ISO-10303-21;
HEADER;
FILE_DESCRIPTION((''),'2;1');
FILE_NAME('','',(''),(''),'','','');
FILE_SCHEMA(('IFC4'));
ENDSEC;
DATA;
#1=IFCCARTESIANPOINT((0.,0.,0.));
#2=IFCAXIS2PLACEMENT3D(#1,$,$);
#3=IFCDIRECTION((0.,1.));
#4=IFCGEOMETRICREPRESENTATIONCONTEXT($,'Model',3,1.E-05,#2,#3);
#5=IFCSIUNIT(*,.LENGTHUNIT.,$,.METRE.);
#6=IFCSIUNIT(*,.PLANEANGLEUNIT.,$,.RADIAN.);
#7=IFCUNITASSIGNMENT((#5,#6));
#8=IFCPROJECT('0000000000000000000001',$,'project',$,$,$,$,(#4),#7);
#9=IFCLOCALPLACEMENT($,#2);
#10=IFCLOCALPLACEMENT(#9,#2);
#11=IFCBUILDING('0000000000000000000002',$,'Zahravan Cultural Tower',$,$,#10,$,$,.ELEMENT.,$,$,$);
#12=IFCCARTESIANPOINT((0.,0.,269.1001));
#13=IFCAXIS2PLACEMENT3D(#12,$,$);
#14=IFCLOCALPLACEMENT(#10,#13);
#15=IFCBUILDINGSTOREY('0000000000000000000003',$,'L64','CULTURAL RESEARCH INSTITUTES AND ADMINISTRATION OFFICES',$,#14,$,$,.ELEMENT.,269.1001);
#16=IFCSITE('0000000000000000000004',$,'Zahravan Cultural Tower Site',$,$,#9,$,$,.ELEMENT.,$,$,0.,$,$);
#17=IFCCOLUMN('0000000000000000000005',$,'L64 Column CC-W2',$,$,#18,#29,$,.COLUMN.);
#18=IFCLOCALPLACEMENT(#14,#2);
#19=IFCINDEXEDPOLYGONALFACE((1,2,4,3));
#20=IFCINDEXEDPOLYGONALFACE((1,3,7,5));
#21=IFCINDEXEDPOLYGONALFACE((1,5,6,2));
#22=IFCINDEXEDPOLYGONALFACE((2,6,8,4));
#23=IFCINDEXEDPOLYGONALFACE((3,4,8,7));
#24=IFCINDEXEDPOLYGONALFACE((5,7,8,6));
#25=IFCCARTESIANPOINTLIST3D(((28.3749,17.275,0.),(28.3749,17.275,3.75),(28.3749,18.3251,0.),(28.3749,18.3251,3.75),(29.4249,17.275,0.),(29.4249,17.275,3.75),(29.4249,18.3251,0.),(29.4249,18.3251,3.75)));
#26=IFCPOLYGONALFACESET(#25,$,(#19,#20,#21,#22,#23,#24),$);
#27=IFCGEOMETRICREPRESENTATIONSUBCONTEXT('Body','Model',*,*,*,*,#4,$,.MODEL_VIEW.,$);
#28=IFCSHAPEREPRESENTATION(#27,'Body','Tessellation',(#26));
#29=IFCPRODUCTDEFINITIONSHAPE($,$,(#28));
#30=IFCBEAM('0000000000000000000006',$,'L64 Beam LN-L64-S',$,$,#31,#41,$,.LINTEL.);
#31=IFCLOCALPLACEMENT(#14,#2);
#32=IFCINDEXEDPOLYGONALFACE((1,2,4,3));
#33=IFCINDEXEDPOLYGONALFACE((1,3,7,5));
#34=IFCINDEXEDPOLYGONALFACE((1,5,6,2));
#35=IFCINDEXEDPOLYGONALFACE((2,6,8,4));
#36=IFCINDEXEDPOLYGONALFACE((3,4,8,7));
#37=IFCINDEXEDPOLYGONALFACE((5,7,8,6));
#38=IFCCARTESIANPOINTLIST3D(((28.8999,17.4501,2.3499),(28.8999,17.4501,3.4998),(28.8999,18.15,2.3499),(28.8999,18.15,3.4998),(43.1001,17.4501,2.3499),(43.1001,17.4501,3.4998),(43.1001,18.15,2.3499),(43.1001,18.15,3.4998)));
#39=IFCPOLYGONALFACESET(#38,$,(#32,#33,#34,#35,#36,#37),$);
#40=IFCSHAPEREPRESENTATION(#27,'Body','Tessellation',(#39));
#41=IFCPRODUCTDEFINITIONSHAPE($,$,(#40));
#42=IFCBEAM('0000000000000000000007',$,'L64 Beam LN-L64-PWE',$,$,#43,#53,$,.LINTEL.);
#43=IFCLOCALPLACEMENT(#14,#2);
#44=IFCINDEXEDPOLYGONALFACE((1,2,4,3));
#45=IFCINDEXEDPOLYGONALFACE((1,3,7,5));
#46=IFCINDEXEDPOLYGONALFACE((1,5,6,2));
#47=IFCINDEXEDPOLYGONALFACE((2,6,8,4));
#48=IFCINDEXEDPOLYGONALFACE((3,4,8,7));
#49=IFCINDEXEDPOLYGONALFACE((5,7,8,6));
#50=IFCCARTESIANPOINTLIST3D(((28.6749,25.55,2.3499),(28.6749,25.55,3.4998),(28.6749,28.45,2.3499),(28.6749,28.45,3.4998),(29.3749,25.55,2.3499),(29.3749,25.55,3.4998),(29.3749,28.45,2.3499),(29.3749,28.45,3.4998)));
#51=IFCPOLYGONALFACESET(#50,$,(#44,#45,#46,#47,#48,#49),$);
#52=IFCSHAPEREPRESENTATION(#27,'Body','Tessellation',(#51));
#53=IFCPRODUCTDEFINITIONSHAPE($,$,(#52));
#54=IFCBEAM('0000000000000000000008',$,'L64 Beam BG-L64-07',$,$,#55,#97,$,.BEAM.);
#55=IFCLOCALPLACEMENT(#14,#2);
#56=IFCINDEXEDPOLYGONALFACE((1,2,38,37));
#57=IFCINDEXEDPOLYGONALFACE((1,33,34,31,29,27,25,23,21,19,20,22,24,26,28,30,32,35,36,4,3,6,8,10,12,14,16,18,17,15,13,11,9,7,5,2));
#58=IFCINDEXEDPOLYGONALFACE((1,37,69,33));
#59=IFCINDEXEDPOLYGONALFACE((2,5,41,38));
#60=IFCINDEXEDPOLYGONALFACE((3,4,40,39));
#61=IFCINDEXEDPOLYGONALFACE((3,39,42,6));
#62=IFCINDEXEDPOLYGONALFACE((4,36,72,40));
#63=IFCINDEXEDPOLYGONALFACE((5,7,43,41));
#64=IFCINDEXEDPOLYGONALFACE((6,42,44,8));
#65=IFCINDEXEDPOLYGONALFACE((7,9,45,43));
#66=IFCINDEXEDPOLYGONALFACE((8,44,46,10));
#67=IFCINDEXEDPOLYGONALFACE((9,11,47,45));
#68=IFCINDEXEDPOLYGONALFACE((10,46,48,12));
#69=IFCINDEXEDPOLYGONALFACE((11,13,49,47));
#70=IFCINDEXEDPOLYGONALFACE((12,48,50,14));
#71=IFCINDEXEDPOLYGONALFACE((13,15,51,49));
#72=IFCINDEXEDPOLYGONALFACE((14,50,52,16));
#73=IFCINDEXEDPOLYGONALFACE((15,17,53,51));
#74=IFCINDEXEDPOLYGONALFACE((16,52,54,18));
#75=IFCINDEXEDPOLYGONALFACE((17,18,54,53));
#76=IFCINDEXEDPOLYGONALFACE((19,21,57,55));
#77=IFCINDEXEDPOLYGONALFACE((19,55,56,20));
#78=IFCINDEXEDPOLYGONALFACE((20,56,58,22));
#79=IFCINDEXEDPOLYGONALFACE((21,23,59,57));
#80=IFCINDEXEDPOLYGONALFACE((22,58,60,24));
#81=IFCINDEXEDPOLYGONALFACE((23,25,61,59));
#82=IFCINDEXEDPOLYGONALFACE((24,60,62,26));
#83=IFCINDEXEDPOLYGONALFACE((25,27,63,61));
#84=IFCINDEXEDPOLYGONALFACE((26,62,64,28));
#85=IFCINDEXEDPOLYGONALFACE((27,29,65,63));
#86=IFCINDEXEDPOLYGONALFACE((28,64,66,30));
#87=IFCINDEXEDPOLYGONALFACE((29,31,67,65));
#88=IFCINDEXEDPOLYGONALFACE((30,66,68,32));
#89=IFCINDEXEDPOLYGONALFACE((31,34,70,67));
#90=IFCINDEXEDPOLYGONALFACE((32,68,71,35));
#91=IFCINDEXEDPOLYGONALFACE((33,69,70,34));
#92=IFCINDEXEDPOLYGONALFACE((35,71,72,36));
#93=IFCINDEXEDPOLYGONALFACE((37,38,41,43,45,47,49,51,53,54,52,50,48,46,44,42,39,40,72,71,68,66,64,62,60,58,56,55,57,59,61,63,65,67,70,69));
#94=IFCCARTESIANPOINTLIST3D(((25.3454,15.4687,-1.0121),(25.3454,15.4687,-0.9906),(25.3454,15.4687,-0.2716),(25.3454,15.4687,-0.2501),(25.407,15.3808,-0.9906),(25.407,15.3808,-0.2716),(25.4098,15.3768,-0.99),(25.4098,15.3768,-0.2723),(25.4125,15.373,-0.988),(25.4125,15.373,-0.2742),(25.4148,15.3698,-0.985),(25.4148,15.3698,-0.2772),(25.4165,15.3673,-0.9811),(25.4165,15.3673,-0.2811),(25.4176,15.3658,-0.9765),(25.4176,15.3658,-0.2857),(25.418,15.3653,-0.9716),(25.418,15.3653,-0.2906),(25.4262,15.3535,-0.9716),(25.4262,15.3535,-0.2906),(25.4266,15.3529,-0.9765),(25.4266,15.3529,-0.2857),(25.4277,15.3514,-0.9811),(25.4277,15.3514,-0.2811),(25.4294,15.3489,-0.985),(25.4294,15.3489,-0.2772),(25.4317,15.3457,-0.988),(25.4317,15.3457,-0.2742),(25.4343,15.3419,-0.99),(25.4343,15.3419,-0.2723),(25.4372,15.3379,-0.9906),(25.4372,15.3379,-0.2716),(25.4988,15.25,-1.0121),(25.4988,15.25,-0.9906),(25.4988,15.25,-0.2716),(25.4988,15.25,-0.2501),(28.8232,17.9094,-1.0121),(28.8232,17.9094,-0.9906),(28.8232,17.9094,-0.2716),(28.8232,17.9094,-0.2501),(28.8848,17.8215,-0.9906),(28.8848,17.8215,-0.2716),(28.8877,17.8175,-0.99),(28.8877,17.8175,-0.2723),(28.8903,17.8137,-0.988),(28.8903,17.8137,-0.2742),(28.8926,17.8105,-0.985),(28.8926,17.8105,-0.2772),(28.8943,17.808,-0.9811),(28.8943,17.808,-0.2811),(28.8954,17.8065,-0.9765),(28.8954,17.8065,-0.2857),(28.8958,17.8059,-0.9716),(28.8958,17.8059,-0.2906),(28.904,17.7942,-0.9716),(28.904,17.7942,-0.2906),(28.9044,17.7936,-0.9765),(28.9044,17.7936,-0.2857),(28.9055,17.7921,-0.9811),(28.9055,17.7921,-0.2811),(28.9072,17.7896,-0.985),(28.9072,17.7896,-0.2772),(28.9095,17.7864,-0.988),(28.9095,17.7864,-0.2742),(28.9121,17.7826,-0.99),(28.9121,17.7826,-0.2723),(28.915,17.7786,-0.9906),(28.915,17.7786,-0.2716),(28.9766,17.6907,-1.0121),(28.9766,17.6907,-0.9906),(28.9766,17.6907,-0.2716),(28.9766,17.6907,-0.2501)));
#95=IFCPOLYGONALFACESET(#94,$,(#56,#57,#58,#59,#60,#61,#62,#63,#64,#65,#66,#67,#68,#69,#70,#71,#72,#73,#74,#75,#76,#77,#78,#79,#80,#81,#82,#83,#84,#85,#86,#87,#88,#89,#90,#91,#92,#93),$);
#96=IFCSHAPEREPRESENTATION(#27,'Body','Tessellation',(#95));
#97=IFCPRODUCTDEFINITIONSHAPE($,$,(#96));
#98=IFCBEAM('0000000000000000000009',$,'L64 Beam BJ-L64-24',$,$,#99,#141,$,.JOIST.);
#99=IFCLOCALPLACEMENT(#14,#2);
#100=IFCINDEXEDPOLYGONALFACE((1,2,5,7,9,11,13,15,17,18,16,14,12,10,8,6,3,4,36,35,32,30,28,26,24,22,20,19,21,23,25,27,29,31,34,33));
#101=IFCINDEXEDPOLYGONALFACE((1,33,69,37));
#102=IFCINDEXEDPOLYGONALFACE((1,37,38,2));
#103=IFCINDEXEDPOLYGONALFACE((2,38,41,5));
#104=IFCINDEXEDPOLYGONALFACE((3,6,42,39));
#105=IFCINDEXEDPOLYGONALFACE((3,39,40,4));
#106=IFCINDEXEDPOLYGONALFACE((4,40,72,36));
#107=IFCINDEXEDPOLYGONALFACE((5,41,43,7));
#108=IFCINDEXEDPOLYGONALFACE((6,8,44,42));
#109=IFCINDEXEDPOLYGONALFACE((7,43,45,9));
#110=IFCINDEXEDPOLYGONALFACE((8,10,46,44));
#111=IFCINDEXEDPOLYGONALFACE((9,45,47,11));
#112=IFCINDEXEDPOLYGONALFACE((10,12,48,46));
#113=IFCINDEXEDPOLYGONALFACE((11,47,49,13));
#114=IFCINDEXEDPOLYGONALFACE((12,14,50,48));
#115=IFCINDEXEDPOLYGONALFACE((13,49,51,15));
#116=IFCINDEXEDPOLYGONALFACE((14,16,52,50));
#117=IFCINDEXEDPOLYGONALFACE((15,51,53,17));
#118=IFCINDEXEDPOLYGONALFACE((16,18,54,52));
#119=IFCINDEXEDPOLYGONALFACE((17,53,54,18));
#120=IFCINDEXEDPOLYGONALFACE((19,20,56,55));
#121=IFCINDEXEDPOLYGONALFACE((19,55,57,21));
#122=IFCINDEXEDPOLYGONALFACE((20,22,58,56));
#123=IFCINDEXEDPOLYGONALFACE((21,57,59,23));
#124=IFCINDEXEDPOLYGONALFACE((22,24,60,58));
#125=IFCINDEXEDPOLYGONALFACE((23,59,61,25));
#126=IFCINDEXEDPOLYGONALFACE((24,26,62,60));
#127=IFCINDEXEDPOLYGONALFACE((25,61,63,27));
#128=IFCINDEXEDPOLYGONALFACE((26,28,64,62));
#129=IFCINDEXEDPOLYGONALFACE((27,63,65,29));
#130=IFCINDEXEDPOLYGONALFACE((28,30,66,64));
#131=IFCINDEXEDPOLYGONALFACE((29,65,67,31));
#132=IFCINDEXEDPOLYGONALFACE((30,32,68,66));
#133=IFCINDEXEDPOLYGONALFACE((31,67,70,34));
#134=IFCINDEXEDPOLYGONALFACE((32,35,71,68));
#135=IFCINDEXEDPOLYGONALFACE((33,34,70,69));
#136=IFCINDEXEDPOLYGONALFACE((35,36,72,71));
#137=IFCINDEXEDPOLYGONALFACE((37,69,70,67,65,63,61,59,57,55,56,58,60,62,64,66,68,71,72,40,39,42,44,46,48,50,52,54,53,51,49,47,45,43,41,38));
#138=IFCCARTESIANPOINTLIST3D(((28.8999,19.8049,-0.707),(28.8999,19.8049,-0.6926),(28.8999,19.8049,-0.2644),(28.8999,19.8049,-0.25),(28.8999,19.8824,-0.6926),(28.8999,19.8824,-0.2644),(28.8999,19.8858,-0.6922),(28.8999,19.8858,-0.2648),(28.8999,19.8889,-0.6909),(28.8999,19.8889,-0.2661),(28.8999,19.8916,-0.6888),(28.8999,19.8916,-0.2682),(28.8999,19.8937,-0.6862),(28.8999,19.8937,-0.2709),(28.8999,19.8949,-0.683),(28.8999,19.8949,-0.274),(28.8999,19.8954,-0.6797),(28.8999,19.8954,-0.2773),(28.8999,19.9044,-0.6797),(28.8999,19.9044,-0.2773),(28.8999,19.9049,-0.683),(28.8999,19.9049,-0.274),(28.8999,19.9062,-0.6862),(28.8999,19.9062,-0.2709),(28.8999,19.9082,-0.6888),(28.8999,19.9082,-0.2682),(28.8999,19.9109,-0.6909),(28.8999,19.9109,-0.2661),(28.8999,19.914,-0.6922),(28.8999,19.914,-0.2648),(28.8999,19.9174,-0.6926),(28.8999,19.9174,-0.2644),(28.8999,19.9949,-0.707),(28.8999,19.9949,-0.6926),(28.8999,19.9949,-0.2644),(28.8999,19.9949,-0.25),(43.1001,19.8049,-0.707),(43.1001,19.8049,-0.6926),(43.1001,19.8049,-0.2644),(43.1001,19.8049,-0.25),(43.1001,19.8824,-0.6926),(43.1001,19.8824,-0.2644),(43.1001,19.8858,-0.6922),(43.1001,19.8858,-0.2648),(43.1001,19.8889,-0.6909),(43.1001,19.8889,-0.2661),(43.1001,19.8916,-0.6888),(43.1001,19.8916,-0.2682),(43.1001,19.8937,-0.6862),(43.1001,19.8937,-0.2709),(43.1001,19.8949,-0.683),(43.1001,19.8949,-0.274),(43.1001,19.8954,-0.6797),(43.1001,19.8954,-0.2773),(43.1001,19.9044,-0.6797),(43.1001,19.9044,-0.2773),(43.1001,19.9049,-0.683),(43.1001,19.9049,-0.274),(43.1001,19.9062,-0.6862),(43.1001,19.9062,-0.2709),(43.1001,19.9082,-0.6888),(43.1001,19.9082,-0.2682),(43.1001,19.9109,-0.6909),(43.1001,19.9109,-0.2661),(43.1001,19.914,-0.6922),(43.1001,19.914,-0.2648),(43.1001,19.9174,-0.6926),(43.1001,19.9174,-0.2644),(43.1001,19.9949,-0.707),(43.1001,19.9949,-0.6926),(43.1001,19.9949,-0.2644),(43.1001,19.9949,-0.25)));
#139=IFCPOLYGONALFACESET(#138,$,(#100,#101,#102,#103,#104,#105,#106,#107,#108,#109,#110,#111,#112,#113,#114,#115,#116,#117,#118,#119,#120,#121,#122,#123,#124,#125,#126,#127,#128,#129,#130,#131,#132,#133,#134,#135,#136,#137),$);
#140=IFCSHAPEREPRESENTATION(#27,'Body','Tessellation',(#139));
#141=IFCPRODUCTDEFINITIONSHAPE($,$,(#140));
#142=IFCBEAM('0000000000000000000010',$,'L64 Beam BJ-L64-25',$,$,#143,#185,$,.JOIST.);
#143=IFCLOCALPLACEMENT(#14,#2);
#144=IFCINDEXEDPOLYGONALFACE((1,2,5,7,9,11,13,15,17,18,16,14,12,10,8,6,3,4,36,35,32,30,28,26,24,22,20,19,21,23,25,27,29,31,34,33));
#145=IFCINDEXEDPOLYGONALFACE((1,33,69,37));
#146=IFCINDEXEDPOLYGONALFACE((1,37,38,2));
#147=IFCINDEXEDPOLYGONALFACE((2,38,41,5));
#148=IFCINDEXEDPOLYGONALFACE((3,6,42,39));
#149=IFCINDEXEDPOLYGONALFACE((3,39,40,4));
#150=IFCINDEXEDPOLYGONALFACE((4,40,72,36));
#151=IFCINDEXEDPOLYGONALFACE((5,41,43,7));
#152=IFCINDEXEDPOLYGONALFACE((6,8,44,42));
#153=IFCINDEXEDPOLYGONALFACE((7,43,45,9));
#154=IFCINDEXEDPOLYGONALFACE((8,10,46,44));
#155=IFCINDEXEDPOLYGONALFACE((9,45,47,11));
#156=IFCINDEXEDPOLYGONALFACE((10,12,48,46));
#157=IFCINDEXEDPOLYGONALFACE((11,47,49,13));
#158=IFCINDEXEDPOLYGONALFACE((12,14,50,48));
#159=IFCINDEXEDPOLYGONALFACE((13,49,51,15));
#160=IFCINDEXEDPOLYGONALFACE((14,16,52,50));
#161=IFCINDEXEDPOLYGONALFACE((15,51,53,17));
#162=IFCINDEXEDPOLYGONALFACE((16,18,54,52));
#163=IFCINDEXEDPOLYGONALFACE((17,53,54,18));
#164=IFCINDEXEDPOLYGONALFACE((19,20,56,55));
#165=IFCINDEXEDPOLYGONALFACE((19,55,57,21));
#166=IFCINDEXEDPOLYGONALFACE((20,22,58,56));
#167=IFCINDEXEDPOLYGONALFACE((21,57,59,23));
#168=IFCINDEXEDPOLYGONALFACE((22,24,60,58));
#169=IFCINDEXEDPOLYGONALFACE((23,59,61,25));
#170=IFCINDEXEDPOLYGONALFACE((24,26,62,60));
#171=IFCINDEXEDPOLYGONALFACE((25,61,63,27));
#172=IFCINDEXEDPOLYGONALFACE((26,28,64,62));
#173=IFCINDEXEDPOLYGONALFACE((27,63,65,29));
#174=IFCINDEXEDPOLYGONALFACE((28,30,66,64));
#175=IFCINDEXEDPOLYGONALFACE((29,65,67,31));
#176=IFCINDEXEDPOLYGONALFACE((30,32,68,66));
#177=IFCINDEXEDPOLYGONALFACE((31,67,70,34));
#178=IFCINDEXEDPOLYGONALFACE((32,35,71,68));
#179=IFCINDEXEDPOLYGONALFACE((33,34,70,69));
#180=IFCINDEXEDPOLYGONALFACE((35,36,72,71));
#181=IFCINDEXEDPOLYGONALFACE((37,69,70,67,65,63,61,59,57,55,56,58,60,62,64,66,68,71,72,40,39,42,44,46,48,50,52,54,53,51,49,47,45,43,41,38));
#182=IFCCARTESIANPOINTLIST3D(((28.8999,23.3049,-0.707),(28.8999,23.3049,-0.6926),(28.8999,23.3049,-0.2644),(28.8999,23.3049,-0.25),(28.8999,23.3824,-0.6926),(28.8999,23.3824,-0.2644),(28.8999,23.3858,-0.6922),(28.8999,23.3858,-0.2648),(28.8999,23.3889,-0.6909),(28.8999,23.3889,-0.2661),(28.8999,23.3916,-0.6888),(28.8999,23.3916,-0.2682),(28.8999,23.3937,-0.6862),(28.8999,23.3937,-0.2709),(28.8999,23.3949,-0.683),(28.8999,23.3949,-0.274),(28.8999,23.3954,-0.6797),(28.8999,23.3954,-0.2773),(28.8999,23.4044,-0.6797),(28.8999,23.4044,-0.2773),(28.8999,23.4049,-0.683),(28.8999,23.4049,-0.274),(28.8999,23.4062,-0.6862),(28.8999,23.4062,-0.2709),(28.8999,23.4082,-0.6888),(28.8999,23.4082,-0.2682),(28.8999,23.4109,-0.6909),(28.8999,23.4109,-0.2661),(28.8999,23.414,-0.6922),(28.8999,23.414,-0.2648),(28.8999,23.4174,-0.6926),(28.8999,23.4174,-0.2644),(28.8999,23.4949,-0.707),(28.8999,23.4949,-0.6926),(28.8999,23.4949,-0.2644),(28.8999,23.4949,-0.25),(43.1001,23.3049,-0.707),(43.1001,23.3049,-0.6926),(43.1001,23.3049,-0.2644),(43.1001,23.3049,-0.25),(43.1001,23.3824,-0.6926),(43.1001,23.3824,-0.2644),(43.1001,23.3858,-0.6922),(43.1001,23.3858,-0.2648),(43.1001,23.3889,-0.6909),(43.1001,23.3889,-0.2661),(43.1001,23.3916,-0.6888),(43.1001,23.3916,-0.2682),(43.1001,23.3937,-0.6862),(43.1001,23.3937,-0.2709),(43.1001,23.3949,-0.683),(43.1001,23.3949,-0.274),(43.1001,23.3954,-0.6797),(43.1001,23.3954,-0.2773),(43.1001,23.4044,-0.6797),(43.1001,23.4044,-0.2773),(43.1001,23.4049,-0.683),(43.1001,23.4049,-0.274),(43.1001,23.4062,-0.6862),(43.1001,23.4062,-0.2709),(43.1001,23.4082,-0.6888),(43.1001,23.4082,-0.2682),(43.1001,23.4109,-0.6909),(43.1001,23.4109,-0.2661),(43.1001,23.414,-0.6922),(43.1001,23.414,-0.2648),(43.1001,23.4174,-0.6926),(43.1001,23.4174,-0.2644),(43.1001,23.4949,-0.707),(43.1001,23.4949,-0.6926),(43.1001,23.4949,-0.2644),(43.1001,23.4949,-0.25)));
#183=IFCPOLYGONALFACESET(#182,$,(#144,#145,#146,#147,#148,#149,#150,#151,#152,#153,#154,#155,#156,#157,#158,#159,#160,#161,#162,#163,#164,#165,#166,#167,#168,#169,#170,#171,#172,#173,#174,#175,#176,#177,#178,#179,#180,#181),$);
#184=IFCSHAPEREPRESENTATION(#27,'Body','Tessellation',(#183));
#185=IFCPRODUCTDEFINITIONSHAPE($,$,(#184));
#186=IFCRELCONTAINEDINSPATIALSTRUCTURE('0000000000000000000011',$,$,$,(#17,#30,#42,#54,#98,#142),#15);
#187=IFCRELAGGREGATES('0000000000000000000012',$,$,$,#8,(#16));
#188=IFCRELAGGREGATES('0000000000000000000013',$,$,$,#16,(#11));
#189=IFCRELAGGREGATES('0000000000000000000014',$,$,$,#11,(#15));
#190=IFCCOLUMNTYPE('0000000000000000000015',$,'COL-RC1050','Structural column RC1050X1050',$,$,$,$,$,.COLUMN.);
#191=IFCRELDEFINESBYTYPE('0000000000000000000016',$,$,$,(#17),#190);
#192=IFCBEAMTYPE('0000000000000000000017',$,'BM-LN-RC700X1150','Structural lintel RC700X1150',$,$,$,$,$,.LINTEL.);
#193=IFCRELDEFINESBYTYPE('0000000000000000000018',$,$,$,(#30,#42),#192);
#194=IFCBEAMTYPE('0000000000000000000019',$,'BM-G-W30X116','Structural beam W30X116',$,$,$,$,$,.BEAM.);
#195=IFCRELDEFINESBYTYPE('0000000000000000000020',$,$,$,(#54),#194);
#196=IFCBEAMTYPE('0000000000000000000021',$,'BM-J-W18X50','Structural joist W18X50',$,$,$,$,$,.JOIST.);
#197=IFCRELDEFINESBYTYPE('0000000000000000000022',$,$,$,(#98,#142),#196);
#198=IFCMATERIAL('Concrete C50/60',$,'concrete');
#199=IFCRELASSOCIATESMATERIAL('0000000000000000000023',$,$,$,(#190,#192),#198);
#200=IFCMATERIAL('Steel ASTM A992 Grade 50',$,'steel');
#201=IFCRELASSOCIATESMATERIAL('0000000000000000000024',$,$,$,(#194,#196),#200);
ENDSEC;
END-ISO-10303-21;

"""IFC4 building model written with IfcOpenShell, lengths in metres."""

from ifc_helpers import new_model, si_unit, direction, frame, origin, origin_2d, place, context, subcontext, project, spatial, rectangle, i_section, extrude, source, transform, mapped, material, material_profile, profile_set, type_object, element, save


model = new_model("IFC4")

# Units and contexts
model_context = context("Model", 3, precision=1e-05, world=origin(), true_north=direction((0.0, 1.0)))
body_context = subcontext(model_context, "Body", "Model", "MODEL_VIEW")
ifc_project = project(units=[si_unit("LENGTHUNIT", "METRE"), si_unit("PLANEANGLEUNIT", "RADIAN")], contexts=[model_context])

# Site, building, storey
site_placement = place(None, origin())
site = spatial("IfcSite", under=ifc_project, at=site_placement, Name="Zahravan Cultural Tower Site", CompositionType="ELEMENT", RefElevation=0.0)
building_placement = place(site_placement, origin())
building = spatial("IfcBuilding", under=site, at=building_placement, Name="Zahravan Cultural Tower", CompositionType="ELEMENT")
storey_placement = place(building_placement, frame((0.0, 0.0, 269.1001)))
storey = spatial("IfcBuildingStorey", under=building, at=storey_placement, Name="L64", Description="CULTURAL RESEARCH INSTITUTES AND ADMINISTRATION OFFICES", CompositionType="ELEMENT", Elevation=269.1001)

# Column
ifc_material_1 = material(Name="Concrete C50/60", Category="concrete")
ifc_material_profile_1 = material_profile(ifc_material_1, rectangle(XDim=1.05, YDim=1.05, at=origin_2d()), Name="RC1050X1050")
ifc_profile_set_1 = profile_set([ifc_material_profile_1], Name="Concrete C50/60")
column_type = type_object("IfcColumnType", Name="COL-RC1050", Description="Structural column RC1050X1050", PredefinedType="COLUMN", material=ifc_profile_set_1)
shared_shape_1 = source(origin(), body_context, "Body", "SweptSolid", [
    extrude(rectangle(XDim=1.05, YDim=1.05, at=origin_2d()), origin(), (0.0, 0.0, 1.0), 3.75),
])
column_placement = place(storey_placement, frame((28.8999, 17.8, 0.0), z_axis=(0.0, 0.0, 1.0), x_axis=(1.0, 0.0, 0.0)))
element("IfcColumn", 1, at=column_placement, inside=storey, type_object=column_type, Name="L64 Column CC-W2", PredefinedType="COLUMN", context=body_context, shape_type="MappedRepresentation", body=[
    mapped(shared_shape_1, transform((0.0, 0.0, 0.0), x_axis=(1.0, 0.0, 0.0), y_axis=(0.0, 1.0, 0.0), z_axis=(0.0, 0.0, 1.0), scale=1.0)),
])

# Beams
ifc_material_profile_2 = material_profile(ifc_material_1, rectangle(XDim=0.7, YDim=1.1499, at=origin_2d()), Name="RC700X1150")
ifc_profile_set_2 = profile_set([ifc_material_profile_2], Name="Concrete C50/60")
beam_type_1 = type_object("IfcBeamType", Name="BM-LN-RC700X1150", Description="Structural lintel RC700X1150", PredefinedType="LINTEL", material=ifc_profile_set_2)
shared_shape_2 = source(origin(), body_context, "Body", "SweptSolid", [
    extrude(rectangle(XDim=0.7, YDim=1.1499, at=origin_2d()), origin(), (0.0, 0.0, 1.0), 14.2002),
])
beam_1_placement = place(storey_placement, frame((28.8999, 17.8, 2.9248), z_axis=(1.0, 0.0, 0.0), x_axis=(0.0, 1.0, 0.0)))
element("IfcBeam", 2, at=beam_1_placement, inside=storey, type_object=beam_type_1, Name="L64 Beam LN-L64-S", PredefinedType="LINTEL", context=body_context, shape_type="MappedRepresentation", body=[
    mapped(shared_shape_2, transform((0.0, 0.0, 0.0), x_axis=(1.0, 0.0, 0.0), y_axis=(0.0, 1.0, 0.0), z_axis=(0.0, 0.0, 1.0), scale=1.0)),
])
shared_shape_3 = source(origin(), body_context, "Body", "SweptSolid", [
    extrude(rectangle(XDim=0.7, YDim=1.1499, at=origin_2d()), origin(), (0.0, 0.0, 1.0), 2.8999),
])
beam_2_placement = place(storey_placement, frame((29.0249, 25.55, 2.9248), z_axis=(0.0, 1.0, 0.0), x_axis=(-1.0, 0.0, 0.0)))
element("IfcBeam", 3, at=beam_2_placement, inside=storey, type_object=beam_type_1, Name="L64 Beam LN-L64-PWE", PredefinedType="LINTEL", context=body_context, shape_type="MappedRepresentation", body=[
    mapped(shared_shape_3, transform((0.0, 0.0, 0.0), x_axis=(1.0, 0.0, 0.0), y_axis=(0.0, 1.0, 0.0), z_axis=(0.0, 0.0, 1.0), scale=1.0)),
])
ifc_material_2 = material(Name="Steel ASTM A992 Grade 50", Category="steel")
ifc_material_profile_3 = material_profile(ifc_material_2, i_section(OverallWidth=0.2671, OverallDepth=0.762, WebThickness=0.0144, FlangeThickness=0.0215, FilletRadius=0.019, at=origin_2d()), Name="W30X116")
ifc_profile_set_3 = profile_set([ifc_material_profile_3], Name="Steel ASTM A992 Grade 50")
beam_type_2 = type_object("IfcBeamType", Name="BM-G-W30X116", Description="Structural beam W30X116", PredefinedType="BEAM", material=ifc_profile_set_3)
shared_shape_4 = source(origin(), body_context, "Body", "SweptSolid", [
    extrude(i_section(OverallWidth=0.2671, OverallDepth=0.762, WebThickness=0.0144, FlangeThickness=0.0215, FilletRadius=0.019, at=origin_2d()), origin(), (0.0, 0.0, 1.0), 4.2488),
])
beam_3_placement = place(storey_placement, frame((28.8999, 17.8, -0.6311), z_axis=(-0.818543, -0.574445, 0.0), x_axis=(0.574445, -0.818543, 0.0)))
element("IfcBeam", 4, at=beam_3_placement, inside=storey, type_object=beam_type_2, Name="L64 Beam BG-L64-07", PredefinedType="BEAM", context=body_context, shape_type="MappedRepresentation", body=[
    mapped(shared_shape_4, transform((0.0, 0.0, 0.0), x_axis=(1.0, 0.0, 0.0), y_axis=(0.0, 1.0, 0.0), z_axis=(0.0, 0.0, 1.0), scale=1.0)),
])
ifc_material_profile_4 = material_profile(ifc_material_2, i_section(OverallWidth=0.1899, OverallDepth=0.457, WebThickness=0.009, FlangeThickness=0.0144, FilletRadius=0.0129, at=origin_2d()), Name="W18X50")
ifc_profile_set_4 = profile_set([ifc_material_profile_4], Name="Steel ASTM A992 Grade 50")
beam_type_3 = type_object("IfcBeamType", Name="BM-J-W18X50", Description="Structural joist W18X50", PredefinedType="JOIST", material=ifc_profile_set_4)
shared_shape_5 = source(origin(), body_context, "Body", "SweptSolid", [
    extrude(i_section(OverallWidth=0.1899, OverallDepth=0.457, WebThickness=0.009, FlangeThickness=0.0144, FilletRadius=0.0129, at=origin_2d()), origin(), (0.0, 0.0, 1.0), 14.2002),
])
for number, where, z_axis, x_axis, name in (
    (5, (28.8999, 19.8999, -0.4785), (1.0, 0.0, 0.0), (0.0, 1.0, 0.0), "L64 Beam BJ-L64-24"),
    (6, (28.8999, 23.3999, -0.4785), (1.0, 0.0, 0.0), (0.0, 1.0, 0.0), "L64 Beam BJ-L64-25"),
):
    element("IfcBeam", number, at=place(storey_placement, frame(where, z_axis=z_axis, x_axis=x_axis)), inside=storey, type_object=beam_type_3, Name=name, PredefinedType="JOIST", context=body_context, shape_type="MappedRepresentation", body=[
        mapped(shared_shape_5, transform((0.0, 0.0, 0.0), x_axis=(1.0, 0.0, 0.0), y_axis=(0.0, 1.0, 0.0), z_axis=(0.0, 0.0, 1.0), scale=1.0)),
    ])

save(model, "model.ifc")
